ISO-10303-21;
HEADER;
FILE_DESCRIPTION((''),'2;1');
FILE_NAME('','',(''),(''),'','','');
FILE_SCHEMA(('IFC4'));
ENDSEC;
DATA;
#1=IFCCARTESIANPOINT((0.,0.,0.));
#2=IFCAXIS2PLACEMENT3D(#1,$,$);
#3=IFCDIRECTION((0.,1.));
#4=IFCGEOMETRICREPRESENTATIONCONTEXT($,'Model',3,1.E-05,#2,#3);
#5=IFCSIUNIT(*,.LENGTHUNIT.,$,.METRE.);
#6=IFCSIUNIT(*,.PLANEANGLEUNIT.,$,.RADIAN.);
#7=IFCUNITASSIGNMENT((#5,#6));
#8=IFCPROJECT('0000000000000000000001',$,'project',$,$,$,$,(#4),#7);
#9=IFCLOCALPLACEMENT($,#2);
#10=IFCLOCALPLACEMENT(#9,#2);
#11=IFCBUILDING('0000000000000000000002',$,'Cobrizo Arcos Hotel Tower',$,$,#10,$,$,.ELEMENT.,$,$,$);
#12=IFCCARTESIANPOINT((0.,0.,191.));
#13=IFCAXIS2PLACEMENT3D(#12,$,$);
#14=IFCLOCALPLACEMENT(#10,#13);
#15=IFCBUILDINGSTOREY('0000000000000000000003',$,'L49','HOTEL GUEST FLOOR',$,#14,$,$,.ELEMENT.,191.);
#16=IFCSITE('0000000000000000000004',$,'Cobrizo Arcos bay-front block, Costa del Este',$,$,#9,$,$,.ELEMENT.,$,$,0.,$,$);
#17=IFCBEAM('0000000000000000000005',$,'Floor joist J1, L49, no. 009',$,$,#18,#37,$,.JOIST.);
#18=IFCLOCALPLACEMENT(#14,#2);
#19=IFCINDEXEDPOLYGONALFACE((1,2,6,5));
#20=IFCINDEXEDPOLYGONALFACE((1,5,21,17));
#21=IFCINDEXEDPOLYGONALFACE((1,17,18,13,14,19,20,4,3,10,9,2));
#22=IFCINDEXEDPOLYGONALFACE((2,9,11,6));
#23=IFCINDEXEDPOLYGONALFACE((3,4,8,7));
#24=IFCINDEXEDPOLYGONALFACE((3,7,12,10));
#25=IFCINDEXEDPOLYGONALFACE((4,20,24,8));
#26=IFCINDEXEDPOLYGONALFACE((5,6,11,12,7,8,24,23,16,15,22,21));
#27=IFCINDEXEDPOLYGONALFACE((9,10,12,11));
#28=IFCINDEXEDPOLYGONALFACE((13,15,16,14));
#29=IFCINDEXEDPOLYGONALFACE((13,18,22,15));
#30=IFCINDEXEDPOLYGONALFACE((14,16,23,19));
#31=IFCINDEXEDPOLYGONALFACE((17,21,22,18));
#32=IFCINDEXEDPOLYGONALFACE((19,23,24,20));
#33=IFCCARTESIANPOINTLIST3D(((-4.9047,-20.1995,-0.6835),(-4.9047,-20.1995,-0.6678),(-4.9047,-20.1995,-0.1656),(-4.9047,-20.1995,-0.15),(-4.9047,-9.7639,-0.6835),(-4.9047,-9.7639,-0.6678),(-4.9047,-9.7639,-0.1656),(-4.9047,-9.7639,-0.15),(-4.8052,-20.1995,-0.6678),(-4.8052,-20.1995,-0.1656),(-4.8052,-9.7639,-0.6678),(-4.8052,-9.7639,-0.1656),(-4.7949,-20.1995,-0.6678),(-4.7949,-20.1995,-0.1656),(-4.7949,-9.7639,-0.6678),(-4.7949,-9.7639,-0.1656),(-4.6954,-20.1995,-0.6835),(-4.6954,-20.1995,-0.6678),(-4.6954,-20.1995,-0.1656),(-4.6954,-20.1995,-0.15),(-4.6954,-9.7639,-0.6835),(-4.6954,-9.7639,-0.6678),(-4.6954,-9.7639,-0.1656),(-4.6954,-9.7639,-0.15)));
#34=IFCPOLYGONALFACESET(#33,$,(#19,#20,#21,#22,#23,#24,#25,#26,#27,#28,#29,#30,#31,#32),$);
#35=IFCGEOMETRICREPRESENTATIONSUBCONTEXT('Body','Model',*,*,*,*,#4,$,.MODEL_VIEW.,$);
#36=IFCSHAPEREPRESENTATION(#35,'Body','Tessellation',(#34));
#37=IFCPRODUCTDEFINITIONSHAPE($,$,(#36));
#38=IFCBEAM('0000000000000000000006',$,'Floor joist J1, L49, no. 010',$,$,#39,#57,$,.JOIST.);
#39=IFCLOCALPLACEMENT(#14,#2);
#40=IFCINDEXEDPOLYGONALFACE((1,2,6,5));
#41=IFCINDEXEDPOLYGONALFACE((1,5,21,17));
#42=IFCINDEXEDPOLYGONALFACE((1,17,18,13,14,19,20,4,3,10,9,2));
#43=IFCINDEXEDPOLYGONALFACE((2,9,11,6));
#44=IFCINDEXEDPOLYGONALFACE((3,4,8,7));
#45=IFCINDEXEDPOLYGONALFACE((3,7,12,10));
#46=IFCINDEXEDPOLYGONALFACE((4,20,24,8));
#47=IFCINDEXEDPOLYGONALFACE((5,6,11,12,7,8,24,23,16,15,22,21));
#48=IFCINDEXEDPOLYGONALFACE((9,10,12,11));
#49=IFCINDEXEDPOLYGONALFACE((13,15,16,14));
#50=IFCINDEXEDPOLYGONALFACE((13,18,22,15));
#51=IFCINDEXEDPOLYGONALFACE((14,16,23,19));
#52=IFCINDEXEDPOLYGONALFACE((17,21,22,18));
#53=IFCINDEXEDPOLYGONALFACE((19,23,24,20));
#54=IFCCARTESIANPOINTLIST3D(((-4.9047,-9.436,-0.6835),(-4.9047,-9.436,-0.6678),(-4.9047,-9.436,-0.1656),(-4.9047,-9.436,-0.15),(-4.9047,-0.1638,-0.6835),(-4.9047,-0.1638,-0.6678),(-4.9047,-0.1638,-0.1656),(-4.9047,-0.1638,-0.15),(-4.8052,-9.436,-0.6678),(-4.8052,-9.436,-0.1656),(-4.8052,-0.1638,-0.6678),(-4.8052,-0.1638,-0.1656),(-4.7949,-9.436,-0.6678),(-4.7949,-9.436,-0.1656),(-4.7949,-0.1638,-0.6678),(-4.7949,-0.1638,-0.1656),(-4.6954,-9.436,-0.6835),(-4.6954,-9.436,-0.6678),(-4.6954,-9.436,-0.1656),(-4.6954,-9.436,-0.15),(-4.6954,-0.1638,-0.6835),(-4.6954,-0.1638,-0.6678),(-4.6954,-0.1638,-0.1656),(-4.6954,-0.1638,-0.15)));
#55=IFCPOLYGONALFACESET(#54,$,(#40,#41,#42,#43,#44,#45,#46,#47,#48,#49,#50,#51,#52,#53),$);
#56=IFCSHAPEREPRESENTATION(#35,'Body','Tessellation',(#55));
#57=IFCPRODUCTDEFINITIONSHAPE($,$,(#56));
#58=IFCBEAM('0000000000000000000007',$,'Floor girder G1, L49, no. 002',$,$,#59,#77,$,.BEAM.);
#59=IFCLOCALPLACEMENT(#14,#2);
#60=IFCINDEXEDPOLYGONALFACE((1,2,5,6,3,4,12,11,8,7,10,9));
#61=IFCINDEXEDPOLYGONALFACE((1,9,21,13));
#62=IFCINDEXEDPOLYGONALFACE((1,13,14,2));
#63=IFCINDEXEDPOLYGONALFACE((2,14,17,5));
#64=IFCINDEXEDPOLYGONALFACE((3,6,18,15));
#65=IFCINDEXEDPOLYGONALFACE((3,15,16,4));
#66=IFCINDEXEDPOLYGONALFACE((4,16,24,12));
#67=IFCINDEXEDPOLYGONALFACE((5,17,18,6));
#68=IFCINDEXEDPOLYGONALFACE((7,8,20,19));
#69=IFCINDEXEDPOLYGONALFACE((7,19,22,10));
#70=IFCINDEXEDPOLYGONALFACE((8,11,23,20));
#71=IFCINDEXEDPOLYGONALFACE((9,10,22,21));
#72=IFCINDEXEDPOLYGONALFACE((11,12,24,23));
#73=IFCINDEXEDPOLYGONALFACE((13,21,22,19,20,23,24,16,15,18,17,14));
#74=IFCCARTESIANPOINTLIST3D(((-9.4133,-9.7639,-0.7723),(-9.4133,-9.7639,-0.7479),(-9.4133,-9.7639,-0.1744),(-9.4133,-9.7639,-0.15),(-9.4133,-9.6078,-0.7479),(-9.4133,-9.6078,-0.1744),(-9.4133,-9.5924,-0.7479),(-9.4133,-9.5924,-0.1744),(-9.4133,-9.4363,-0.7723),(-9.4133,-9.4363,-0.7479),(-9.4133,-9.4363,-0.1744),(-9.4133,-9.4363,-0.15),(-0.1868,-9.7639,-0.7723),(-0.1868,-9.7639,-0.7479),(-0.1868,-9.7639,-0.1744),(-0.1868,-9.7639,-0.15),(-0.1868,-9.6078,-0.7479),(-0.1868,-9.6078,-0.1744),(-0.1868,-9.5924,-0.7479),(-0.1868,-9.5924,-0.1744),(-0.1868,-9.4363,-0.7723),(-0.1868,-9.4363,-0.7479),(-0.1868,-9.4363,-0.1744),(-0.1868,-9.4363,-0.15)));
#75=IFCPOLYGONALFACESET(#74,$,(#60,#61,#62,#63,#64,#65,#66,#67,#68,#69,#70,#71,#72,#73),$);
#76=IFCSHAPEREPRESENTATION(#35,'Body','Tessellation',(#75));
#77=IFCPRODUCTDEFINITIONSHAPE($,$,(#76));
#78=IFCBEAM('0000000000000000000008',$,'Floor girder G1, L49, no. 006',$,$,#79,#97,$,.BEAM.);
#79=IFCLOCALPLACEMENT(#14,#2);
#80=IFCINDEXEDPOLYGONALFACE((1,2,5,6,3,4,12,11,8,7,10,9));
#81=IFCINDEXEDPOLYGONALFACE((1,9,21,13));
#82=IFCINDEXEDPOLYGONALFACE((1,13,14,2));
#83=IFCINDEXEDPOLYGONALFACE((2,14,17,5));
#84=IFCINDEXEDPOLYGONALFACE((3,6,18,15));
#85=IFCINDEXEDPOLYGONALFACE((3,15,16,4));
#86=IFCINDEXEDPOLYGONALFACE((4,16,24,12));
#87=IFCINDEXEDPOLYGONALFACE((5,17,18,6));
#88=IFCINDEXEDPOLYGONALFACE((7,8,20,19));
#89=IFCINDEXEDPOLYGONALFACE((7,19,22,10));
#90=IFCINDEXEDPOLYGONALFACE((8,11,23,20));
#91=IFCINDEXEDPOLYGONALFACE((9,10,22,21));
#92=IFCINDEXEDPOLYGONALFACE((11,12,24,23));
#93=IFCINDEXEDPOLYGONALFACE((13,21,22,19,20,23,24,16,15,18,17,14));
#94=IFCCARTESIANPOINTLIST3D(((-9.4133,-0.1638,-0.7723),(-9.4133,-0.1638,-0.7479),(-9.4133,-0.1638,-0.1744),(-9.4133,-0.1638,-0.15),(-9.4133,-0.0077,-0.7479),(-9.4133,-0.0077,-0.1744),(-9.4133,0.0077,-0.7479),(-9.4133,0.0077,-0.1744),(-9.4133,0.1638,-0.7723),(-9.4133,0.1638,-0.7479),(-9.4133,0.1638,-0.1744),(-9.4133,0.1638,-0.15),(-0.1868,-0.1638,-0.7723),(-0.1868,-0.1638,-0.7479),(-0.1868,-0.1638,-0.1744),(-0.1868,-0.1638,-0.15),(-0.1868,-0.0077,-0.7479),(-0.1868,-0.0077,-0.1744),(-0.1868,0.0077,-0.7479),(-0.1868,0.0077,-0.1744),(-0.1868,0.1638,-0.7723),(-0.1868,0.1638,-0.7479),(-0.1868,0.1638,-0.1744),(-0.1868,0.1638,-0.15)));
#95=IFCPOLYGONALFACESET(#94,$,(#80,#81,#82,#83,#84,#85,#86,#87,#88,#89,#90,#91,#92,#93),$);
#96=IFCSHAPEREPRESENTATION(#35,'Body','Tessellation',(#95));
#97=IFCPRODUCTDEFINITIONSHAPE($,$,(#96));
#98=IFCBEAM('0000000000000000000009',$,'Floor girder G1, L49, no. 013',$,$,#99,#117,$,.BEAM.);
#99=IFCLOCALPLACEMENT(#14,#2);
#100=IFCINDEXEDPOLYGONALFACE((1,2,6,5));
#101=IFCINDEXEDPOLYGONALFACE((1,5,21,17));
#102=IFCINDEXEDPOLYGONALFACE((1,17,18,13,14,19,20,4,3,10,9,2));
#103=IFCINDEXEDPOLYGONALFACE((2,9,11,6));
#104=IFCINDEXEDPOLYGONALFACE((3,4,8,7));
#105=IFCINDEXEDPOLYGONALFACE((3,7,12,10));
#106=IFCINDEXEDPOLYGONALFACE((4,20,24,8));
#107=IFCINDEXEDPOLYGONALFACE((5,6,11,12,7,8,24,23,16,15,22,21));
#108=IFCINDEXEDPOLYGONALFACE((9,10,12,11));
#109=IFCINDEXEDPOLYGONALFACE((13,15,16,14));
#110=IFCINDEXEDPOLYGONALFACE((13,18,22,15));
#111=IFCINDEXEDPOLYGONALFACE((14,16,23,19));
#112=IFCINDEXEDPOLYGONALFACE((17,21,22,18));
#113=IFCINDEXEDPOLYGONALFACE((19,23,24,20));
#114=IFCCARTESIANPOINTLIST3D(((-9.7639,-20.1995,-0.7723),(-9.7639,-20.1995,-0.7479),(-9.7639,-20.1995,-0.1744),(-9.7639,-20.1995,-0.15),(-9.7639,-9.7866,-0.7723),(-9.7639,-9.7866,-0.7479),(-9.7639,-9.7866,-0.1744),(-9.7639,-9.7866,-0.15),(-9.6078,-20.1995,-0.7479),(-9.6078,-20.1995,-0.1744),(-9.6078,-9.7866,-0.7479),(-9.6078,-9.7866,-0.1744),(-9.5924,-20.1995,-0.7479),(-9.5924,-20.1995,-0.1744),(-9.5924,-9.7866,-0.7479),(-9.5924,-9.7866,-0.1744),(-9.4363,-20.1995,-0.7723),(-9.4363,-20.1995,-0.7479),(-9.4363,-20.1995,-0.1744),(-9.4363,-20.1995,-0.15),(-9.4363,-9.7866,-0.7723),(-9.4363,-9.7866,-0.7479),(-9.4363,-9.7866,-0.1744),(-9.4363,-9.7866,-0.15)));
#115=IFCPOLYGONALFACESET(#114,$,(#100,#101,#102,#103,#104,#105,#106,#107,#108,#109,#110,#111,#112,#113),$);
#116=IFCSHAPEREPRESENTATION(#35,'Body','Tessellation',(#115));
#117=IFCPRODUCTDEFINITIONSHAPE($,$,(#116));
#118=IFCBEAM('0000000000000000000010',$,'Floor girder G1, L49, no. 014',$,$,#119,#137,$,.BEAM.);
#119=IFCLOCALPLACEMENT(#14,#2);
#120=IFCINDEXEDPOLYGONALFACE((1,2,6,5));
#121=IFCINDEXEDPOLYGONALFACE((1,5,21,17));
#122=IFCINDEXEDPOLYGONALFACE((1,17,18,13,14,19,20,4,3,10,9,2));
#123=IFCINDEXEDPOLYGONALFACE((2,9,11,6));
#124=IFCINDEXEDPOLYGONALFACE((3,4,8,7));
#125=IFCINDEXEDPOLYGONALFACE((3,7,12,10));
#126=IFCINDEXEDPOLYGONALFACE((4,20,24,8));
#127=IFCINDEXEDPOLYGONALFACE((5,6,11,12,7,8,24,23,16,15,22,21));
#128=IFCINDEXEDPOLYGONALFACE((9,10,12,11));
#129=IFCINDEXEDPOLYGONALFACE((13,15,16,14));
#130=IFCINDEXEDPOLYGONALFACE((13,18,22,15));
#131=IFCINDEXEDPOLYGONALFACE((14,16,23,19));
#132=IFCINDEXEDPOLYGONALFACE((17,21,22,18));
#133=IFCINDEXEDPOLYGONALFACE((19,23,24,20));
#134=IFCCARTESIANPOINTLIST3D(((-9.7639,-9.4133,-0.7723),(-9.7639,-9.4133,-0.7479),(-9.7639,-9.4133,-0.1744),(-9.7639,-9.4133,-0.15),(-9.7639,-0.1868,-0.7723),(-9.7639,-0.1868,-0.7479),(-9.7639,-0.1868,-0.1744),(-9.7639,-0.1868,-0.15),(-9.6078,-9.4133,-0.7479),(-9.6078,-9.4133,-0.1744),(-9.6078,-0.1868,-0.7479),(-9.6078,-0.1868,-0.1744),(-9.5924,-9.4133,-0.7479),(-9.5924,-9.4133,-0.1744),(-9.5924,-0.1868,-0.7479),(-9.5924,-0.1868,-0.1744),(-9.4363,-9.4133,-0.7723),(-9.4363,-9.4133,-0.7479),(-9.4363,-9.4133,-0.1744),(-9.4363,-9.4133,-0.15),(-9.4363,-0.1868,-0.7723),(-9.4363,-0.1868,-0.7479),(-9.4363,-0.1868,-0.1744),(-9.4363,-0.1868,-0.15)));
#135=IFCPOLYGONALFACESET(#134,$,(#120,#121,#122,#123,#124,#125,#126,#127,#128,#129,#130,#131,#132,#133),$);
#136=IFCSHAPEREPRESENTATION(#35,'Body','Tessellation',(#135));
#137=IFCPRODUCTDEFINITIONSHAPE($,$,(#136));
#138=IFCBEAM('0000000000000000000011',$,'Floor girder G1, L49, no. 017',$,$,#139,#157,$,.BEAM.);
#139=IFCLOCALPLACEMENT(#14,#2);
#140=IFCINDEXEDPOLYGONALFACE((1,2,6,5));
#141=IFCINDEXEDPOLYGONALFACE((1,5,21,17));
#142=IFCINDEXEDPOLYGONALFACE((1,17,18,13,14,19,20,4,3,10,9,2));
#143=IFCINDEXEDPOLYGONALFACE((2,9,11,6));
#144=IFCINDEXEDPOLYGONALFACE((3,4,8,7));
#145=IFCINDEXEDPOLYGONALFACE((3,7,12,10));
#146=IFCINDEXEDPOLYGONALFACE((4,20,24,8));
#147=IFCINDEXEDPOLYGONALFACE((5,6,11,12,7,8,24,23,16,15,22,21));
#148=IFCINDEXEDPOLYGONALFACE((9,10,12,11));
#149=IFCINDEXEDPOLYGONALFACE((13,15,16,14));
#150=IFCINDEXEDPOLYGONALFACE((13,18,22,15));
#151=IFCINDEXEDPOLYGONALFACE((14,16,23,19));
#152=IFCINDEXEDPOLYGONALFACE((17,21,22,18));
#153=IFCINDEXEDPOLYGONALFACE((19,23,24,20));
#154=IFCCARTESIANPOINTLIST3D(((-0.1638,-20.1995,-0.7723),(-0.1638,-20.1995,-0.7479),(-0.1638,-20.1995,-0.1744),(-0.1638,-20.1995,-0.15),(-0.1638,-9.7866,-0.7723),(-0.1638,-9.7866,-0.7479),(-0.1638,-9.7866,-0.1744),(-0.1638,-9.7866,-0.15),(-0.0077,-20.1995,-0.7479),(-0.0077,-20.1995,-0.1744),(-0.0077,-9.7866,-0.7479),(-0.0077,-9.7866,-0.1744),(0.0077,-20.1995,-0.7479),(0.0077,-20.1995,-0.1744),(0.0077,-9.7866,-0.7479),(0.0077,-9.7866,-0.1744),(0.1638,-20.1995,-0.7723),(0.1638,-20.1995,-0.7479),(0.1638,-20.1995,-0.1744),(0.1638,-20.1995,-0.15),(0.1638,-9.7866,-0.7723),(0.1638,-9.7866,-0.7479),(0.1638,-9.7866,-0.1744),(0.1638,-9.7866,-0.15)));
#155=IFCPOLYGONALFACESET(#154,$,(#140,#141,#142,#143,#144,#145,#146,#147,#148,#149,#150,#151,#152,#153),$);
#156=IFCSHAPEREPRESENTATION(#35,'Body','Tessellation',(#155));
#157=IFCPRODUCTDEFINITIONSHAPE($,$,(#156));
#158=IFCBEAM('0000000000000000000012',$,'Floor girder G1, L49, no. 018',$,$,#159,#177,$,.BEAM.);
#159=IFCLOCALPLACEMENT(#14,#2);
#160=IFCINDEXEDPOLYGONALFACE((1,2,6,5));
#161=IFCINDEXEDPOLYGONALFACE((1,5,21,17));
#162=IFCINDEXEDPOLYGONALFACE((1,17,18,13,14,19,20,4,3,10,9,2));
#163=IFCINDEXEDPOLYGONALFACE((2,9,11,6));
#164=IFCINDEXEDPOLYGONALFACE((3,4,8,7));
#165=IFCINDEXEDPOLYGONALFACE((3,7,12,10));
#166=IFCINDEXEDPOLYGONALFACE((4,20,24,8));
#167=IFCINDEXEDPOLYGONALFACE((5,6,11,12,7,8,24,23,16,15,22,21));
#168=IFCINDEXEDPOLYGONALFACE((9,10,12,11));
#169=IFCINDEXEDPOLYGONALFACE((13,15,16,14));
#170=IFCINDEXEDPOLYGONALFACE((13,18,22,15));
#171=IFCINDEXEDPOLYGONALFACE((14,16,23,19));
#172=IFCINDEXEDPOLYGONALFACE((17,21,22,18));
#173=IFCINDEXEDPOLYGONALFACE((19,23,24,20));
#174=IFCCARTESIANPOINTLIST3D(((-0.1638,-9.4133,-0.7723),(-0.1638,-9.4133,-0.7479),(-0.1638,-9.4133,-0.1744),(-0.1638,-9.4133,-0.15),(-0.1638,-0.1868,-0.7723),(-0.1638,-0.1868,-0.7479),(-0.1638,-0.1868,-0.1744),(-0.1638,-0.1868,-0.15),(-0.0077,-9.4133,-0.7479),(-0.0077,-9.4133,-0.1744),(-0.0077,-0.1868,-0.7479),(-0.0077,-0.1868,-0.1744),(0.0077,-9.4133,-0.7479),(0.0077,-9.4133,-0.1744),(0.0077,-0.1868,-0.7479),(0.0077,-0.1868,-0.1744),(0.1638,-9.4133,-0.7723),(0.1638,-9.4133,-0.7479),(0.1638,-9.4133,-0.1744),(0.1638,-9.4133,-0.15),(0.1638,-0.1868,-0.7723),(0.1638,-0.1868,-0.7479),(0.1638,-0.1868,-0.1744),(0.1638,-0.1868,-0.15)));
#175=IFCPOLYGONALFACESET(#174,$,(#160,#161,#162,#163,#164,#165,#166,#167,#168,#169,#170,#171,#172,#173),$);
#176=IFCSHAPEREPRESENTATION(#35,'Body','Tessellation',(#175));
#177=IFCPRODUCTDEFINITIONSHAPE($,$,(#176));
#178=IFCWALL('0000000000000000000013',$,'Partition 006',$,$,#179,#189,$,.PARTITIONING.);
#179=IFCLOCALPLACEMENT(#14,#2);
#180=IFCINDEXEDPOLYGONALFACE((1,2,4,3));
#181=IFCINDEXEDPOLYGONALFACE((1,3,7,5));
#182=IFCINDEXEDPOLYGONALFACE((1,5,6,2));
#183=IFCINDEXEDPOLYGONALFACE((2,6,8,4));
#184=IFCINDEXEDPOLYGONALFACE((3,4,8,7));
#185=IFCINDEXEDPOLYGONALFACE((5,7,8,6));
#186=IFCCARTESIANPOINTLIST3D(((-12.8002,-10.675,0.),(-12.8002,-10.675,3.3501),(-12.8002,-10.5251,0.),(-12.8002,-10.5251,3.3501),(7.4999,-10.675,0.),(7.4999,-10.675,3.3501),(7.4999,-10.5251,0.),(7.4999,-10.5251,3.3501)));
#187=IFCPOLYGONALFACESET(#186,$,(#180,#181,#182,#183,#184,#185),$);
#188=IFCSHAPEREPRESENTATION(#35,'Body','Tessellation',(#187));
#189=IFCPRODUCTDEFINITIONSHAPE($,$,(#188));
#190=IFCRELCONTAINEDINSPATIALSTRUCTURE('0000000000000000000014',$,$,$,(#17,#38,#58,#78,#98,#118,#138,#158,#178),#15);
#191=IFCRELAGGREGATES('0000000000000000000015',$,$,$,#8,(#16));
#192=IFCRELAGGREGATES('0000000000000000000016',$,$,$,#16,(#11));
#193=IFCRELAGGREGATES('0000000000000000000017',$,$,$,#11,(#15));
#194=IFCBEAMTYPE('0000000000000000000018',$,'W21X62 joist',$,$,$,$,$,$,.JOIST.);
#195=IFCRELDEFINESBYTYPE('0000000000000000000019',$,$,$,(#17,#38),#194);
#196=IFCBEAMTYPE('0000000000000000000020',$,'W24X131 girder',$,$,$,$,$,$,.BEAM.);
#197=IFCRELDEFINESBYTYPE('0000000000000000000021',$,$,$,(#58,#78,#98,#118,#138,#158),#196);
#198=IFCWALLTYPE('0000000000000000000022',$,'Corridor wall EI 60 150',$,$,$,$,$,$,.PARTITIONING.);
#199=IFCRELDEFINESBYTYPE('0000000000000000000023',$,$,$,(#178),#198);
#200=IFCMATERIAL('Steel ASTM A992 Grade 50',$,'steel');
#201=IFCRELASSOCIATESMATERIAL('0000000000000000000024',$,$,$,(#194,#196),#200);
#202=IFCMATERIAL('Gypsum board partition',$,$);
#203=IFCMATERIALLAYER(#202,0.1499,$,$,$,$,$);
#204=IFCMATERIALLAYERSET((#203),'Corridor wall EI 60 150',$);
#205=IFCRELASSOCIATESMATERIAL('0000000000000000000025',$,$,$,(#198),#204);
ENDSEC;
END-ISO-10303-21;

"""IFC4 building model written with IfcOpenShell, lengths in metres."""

from ifc_helpers import new_model, si_unit, direction, frame, frame_2d, origin, origin_2d, place, context, subcontext, project, spatial, rectangle, i_section, extrude, material, layer, layer_set, material_profile, profile_set, type_object, element, save


model = new_model("IFC4")

# Units and contexts
model_context = context("Model", 3, precision=1e-05, world=origin(), true_north=direction((0.0, 1.0)))
body_context = subcontext(model_context, "Body", "Model", "MODEL_VIEW")
ifc_project = project(units=[si_unit("LENGTHUNIT", "METRE"), si_unit("PLANEANGLEUNIT", "RADIAN")], contexts=[model_context])

# Site, building, storey
site_placement = place(None, origin())
site = spatial("IfcSite", under=ifc_project, at=site_placement, Name="Cobrizo Arcos bay-front block, Costa del Este", CompositionType="ELEMENT", RefElevation=0.0)
building_placement = place(site_placement, origin())
building = spatial("IfcBuilding", under=site, at=building_placement, Name="Cobrizo Arcos Hotel Tower", CompositionType="ELEMENT")
storey_placement = place(building_placement, frame((0.0, 0.0, 191.0)))
storey = spatial("IfcBuildingStorey", under=building, at=storey_placement, Name="L49", Description="HOTEL GUEST FLOOR", CompositionType="ELEMENT", Elevation=191.0)

# Shared definitions
ifc_material_1 = material(Name="Steel ASTM A992 Grade 50", Category="steel")

# Beams
ifc_material_profile_1 = material_profile(ifc_material_1, i_section(OverallWidth=0.2092, OverallDepth=0.5334, WebThickness=0.0103, FlangeThickness=0.0156, at=origin_2d()), Name="W21X62")
ifc_profile_set_1 = profile_set([ifc_material_profile_1], Name="Steel ASTM A992 Grade 50")
beam_type_1 = type_object("IfcBeamType", Name="W21X62 joist", PredefinedType="JOIST", material=ifc_profile_set_1)
beam_1_placement = place(storey_placement, frame((-4.8, -20.1995, -0.4167), z_axis=(0.0, 1.0, 0.0), x_axis=(-1.0, 0.0, 0.0)))
element("IfcBeam", 1, at=beam_1_placement, inside=storey, type_object=beam_type_1, Name="Floor joist J1, L49, no. 009", PredefinedType="JOIST", context=body_context, shape_type="SweptSolid", body=[
    extrude(i_section(OverallWidth=0.2092, OverallDepth=0.5334, WebThickness=0.0103, FlangeThickness=0.0156, at=origin_2d()), origin(), (0.0, 0.0, 1.0), 10.4355),
])
beam_2_placement = place(storey_placement, frame((-4.8, -9.436, -0.4167), z_axis=(0.0, 1.0, 0.0), x_axis=(-1.0, 0.0, 0.0)))
element("IfcBeam", 2, at=beam_2_placement, inside=storey, type_object=beam_type_1, Name="Floor joist J1, L49, no. 010", PredefinedType="JOIST", context=body_context, shape_type="SweptSolid", body=[
    extrude(i_section(OverallWidth=0.2092, OverallDepth=0.5334, WebThickness=0.0103, FlangeThickness=0.0156, at=origin_2d()), origin(), (0.0, 0.0, 1.0), 9.2722),
])
ifc_material_profile_2 = material_profile(ifc_material_1, i_section(OverallWidth=0.3276, OverallDepth=0.6223, WebThickness=0.0154, FlangeThickness=0.0244, at=origin_2d()), Name="W24X131")
ifc_profile_set_2 = profile_set([ifc_material_profile_2], Name="Steel ASTM A992 Grade 50")
beam_type_2 = type_object("IfcBeamType", Name="W24X131 girder", PredefinedType="BEAM", material=ifc_profile_set_2)
for number, where, z_axis, x_axis, name in (
    (3, (-9.4133, -9.6001, -0.4612), (1.0, 0.0, 0.0), (0.0, 1.0, 0.0), "Floor girder G1, L49, no. 002"),
    (4, (-9.4133, 0.0, -0.4612), (1.0, 0.0, 0.0), (0.0, 1.0, 0.0), "Floor girder G1, L49, no. 006"),
):
    element("IfcBeam", number, at=place(storey_placement, frame(where, z_axis=z_axis, x_axis=x_axis)), inside=storey, type_object=beam_type_2, Name=name, PredefinedType="BEAM", context=body_context, shape_type="SweptSolid", body=[
        extrude(i_section(OverallWidth=0.3276, OverallDepth=0.6223, WebThickness=0.0154, FlangeThickness=0.0244, at=origin_2d()), origin(), (0.0, 0.0, 1.0), 9.2266),
    ])
beam_3_placement = place(storey_placement, frame((-9.6001, -20.1995, -0.4612), z_axis=(0.0, 1.0, 0.0), x_axis=(-1.0, 0.0, 0.0)))
element("IfcBeam", 5, at=beam_3_placement, inside=storey, type_object=beam_type_2, Name="Floor girder G1, L49, no. 013", PredefinedType="BEAM", context=body_context, shape_type="SweptSolid", body=[
    extrude(i_section(OverallWidth=0.3276, OverallDepth=0.6223, WebThickness=0.0154, FlangeThickness=0.0244, at=origin_2d()), origin(), (0.0, 0.0, 1.0), 10.4128),
])
beam_4_placement = place(storey_placement, frame((-9.6001, -9.4133, -0.4612), z_axis=(0.0, 1.0, 0.0), x_axis=(-1.0, 0.0, 0.0)))
element("IfcBeam", 6, at=beam_4_placement, inside=storey, type_object=beam_type_2, Name="Floor girder G1, L49, no. 014", PredefinedType="BEAM", context=body_context, shape_type="SweptSolid", body=[
    extrude(i_section(OverallWidth=0.3276, OverallDepth=0.6223, WebThickness=0.0154, FlangeThickness=0.0244, at=origin_2d()), origin(), (0.0, 0.0, 1.0), 9.2266),
])
beam_5_placement = place(storey_placement, frame((0.0, -20.1995, -0.4612), z_axis=(0.0, 1.0, 0.0), x_axis=(-1.0, 0.0, 0.0)))
element("IfcBeam", 7, at=beam_5_placement, inside=storey, type_object=beam_type_2, Name="Floor girder G1, L49, no. 017", PredefinedType="BEAM", context=body_context, shape_type="SweptSolid", body=[
    extrude(i_section(OverallWidth=0.3276, OverallDepth=0.6223, WebThickness=0.0154, FlangeThickness=0.0244, at=origin_2d()), origin(), (0.0, 0.0, 1.0), 10.4128),
])
beam_6_placement = place(storey_placement, frame((0.0, -9.4133, -0.4612), z_axis=(0.0, 1.0, 0.0), x_axis=(-1.0, 0.0, 0.0)))
element("IfcBeam", 8, at=beam_6_placement, inside=storey, type_object=beam_type_2, Name="Floor girder G1, L49, no. 018", PredefinedType="BEAM", context=body_context, shape_type="SweptSolid", body=[
    extrude(i_section(OverallWidth=0.3276, OverallDepth=0.6223, WebThickness=0.0154, FlangeThickness=0.0244, at=origin_2d()), origin(), (0.0, 0.0, 1.0), 9.2266),
])

# Wall
ifc_material_2 = material(Name="Gypsum board partition")
ifc_layer_1 = layer(ifc_material_2, 0.1499)
ifc_layer_set_1 = layer_set([ifc_layer_1], Name="Corridor wall EI 60 150")
wall_type_1 = type_object("IfcWallType", Name="Corridor wall EI 60 150", PredefinedType="PARTITIONING", material=ifc_layer_set_1)
wall_1_placement = place(storey_placement, frame((-12.8, -10.6001, 0.0), z_axis=(0.0, 0.0, 1.0), x_axis=(1.0, 0.0, 0.0)))
element("IfcWall", 9, at=wall_1_placement, inside=storey, type_object=wall_type_1, Name="Partition 006", PredefinedType="PARTITIONING", context=body_context, shape_type="SweptSolid", body=[
    extrude(rectangle(XDim=20.3, YDim=0.1499, at=frame_2d((10.1499, 0.0))), origin(), (0.0, 0.0, 1.0), 3.3501),
])

save(model, "model.ifc")
